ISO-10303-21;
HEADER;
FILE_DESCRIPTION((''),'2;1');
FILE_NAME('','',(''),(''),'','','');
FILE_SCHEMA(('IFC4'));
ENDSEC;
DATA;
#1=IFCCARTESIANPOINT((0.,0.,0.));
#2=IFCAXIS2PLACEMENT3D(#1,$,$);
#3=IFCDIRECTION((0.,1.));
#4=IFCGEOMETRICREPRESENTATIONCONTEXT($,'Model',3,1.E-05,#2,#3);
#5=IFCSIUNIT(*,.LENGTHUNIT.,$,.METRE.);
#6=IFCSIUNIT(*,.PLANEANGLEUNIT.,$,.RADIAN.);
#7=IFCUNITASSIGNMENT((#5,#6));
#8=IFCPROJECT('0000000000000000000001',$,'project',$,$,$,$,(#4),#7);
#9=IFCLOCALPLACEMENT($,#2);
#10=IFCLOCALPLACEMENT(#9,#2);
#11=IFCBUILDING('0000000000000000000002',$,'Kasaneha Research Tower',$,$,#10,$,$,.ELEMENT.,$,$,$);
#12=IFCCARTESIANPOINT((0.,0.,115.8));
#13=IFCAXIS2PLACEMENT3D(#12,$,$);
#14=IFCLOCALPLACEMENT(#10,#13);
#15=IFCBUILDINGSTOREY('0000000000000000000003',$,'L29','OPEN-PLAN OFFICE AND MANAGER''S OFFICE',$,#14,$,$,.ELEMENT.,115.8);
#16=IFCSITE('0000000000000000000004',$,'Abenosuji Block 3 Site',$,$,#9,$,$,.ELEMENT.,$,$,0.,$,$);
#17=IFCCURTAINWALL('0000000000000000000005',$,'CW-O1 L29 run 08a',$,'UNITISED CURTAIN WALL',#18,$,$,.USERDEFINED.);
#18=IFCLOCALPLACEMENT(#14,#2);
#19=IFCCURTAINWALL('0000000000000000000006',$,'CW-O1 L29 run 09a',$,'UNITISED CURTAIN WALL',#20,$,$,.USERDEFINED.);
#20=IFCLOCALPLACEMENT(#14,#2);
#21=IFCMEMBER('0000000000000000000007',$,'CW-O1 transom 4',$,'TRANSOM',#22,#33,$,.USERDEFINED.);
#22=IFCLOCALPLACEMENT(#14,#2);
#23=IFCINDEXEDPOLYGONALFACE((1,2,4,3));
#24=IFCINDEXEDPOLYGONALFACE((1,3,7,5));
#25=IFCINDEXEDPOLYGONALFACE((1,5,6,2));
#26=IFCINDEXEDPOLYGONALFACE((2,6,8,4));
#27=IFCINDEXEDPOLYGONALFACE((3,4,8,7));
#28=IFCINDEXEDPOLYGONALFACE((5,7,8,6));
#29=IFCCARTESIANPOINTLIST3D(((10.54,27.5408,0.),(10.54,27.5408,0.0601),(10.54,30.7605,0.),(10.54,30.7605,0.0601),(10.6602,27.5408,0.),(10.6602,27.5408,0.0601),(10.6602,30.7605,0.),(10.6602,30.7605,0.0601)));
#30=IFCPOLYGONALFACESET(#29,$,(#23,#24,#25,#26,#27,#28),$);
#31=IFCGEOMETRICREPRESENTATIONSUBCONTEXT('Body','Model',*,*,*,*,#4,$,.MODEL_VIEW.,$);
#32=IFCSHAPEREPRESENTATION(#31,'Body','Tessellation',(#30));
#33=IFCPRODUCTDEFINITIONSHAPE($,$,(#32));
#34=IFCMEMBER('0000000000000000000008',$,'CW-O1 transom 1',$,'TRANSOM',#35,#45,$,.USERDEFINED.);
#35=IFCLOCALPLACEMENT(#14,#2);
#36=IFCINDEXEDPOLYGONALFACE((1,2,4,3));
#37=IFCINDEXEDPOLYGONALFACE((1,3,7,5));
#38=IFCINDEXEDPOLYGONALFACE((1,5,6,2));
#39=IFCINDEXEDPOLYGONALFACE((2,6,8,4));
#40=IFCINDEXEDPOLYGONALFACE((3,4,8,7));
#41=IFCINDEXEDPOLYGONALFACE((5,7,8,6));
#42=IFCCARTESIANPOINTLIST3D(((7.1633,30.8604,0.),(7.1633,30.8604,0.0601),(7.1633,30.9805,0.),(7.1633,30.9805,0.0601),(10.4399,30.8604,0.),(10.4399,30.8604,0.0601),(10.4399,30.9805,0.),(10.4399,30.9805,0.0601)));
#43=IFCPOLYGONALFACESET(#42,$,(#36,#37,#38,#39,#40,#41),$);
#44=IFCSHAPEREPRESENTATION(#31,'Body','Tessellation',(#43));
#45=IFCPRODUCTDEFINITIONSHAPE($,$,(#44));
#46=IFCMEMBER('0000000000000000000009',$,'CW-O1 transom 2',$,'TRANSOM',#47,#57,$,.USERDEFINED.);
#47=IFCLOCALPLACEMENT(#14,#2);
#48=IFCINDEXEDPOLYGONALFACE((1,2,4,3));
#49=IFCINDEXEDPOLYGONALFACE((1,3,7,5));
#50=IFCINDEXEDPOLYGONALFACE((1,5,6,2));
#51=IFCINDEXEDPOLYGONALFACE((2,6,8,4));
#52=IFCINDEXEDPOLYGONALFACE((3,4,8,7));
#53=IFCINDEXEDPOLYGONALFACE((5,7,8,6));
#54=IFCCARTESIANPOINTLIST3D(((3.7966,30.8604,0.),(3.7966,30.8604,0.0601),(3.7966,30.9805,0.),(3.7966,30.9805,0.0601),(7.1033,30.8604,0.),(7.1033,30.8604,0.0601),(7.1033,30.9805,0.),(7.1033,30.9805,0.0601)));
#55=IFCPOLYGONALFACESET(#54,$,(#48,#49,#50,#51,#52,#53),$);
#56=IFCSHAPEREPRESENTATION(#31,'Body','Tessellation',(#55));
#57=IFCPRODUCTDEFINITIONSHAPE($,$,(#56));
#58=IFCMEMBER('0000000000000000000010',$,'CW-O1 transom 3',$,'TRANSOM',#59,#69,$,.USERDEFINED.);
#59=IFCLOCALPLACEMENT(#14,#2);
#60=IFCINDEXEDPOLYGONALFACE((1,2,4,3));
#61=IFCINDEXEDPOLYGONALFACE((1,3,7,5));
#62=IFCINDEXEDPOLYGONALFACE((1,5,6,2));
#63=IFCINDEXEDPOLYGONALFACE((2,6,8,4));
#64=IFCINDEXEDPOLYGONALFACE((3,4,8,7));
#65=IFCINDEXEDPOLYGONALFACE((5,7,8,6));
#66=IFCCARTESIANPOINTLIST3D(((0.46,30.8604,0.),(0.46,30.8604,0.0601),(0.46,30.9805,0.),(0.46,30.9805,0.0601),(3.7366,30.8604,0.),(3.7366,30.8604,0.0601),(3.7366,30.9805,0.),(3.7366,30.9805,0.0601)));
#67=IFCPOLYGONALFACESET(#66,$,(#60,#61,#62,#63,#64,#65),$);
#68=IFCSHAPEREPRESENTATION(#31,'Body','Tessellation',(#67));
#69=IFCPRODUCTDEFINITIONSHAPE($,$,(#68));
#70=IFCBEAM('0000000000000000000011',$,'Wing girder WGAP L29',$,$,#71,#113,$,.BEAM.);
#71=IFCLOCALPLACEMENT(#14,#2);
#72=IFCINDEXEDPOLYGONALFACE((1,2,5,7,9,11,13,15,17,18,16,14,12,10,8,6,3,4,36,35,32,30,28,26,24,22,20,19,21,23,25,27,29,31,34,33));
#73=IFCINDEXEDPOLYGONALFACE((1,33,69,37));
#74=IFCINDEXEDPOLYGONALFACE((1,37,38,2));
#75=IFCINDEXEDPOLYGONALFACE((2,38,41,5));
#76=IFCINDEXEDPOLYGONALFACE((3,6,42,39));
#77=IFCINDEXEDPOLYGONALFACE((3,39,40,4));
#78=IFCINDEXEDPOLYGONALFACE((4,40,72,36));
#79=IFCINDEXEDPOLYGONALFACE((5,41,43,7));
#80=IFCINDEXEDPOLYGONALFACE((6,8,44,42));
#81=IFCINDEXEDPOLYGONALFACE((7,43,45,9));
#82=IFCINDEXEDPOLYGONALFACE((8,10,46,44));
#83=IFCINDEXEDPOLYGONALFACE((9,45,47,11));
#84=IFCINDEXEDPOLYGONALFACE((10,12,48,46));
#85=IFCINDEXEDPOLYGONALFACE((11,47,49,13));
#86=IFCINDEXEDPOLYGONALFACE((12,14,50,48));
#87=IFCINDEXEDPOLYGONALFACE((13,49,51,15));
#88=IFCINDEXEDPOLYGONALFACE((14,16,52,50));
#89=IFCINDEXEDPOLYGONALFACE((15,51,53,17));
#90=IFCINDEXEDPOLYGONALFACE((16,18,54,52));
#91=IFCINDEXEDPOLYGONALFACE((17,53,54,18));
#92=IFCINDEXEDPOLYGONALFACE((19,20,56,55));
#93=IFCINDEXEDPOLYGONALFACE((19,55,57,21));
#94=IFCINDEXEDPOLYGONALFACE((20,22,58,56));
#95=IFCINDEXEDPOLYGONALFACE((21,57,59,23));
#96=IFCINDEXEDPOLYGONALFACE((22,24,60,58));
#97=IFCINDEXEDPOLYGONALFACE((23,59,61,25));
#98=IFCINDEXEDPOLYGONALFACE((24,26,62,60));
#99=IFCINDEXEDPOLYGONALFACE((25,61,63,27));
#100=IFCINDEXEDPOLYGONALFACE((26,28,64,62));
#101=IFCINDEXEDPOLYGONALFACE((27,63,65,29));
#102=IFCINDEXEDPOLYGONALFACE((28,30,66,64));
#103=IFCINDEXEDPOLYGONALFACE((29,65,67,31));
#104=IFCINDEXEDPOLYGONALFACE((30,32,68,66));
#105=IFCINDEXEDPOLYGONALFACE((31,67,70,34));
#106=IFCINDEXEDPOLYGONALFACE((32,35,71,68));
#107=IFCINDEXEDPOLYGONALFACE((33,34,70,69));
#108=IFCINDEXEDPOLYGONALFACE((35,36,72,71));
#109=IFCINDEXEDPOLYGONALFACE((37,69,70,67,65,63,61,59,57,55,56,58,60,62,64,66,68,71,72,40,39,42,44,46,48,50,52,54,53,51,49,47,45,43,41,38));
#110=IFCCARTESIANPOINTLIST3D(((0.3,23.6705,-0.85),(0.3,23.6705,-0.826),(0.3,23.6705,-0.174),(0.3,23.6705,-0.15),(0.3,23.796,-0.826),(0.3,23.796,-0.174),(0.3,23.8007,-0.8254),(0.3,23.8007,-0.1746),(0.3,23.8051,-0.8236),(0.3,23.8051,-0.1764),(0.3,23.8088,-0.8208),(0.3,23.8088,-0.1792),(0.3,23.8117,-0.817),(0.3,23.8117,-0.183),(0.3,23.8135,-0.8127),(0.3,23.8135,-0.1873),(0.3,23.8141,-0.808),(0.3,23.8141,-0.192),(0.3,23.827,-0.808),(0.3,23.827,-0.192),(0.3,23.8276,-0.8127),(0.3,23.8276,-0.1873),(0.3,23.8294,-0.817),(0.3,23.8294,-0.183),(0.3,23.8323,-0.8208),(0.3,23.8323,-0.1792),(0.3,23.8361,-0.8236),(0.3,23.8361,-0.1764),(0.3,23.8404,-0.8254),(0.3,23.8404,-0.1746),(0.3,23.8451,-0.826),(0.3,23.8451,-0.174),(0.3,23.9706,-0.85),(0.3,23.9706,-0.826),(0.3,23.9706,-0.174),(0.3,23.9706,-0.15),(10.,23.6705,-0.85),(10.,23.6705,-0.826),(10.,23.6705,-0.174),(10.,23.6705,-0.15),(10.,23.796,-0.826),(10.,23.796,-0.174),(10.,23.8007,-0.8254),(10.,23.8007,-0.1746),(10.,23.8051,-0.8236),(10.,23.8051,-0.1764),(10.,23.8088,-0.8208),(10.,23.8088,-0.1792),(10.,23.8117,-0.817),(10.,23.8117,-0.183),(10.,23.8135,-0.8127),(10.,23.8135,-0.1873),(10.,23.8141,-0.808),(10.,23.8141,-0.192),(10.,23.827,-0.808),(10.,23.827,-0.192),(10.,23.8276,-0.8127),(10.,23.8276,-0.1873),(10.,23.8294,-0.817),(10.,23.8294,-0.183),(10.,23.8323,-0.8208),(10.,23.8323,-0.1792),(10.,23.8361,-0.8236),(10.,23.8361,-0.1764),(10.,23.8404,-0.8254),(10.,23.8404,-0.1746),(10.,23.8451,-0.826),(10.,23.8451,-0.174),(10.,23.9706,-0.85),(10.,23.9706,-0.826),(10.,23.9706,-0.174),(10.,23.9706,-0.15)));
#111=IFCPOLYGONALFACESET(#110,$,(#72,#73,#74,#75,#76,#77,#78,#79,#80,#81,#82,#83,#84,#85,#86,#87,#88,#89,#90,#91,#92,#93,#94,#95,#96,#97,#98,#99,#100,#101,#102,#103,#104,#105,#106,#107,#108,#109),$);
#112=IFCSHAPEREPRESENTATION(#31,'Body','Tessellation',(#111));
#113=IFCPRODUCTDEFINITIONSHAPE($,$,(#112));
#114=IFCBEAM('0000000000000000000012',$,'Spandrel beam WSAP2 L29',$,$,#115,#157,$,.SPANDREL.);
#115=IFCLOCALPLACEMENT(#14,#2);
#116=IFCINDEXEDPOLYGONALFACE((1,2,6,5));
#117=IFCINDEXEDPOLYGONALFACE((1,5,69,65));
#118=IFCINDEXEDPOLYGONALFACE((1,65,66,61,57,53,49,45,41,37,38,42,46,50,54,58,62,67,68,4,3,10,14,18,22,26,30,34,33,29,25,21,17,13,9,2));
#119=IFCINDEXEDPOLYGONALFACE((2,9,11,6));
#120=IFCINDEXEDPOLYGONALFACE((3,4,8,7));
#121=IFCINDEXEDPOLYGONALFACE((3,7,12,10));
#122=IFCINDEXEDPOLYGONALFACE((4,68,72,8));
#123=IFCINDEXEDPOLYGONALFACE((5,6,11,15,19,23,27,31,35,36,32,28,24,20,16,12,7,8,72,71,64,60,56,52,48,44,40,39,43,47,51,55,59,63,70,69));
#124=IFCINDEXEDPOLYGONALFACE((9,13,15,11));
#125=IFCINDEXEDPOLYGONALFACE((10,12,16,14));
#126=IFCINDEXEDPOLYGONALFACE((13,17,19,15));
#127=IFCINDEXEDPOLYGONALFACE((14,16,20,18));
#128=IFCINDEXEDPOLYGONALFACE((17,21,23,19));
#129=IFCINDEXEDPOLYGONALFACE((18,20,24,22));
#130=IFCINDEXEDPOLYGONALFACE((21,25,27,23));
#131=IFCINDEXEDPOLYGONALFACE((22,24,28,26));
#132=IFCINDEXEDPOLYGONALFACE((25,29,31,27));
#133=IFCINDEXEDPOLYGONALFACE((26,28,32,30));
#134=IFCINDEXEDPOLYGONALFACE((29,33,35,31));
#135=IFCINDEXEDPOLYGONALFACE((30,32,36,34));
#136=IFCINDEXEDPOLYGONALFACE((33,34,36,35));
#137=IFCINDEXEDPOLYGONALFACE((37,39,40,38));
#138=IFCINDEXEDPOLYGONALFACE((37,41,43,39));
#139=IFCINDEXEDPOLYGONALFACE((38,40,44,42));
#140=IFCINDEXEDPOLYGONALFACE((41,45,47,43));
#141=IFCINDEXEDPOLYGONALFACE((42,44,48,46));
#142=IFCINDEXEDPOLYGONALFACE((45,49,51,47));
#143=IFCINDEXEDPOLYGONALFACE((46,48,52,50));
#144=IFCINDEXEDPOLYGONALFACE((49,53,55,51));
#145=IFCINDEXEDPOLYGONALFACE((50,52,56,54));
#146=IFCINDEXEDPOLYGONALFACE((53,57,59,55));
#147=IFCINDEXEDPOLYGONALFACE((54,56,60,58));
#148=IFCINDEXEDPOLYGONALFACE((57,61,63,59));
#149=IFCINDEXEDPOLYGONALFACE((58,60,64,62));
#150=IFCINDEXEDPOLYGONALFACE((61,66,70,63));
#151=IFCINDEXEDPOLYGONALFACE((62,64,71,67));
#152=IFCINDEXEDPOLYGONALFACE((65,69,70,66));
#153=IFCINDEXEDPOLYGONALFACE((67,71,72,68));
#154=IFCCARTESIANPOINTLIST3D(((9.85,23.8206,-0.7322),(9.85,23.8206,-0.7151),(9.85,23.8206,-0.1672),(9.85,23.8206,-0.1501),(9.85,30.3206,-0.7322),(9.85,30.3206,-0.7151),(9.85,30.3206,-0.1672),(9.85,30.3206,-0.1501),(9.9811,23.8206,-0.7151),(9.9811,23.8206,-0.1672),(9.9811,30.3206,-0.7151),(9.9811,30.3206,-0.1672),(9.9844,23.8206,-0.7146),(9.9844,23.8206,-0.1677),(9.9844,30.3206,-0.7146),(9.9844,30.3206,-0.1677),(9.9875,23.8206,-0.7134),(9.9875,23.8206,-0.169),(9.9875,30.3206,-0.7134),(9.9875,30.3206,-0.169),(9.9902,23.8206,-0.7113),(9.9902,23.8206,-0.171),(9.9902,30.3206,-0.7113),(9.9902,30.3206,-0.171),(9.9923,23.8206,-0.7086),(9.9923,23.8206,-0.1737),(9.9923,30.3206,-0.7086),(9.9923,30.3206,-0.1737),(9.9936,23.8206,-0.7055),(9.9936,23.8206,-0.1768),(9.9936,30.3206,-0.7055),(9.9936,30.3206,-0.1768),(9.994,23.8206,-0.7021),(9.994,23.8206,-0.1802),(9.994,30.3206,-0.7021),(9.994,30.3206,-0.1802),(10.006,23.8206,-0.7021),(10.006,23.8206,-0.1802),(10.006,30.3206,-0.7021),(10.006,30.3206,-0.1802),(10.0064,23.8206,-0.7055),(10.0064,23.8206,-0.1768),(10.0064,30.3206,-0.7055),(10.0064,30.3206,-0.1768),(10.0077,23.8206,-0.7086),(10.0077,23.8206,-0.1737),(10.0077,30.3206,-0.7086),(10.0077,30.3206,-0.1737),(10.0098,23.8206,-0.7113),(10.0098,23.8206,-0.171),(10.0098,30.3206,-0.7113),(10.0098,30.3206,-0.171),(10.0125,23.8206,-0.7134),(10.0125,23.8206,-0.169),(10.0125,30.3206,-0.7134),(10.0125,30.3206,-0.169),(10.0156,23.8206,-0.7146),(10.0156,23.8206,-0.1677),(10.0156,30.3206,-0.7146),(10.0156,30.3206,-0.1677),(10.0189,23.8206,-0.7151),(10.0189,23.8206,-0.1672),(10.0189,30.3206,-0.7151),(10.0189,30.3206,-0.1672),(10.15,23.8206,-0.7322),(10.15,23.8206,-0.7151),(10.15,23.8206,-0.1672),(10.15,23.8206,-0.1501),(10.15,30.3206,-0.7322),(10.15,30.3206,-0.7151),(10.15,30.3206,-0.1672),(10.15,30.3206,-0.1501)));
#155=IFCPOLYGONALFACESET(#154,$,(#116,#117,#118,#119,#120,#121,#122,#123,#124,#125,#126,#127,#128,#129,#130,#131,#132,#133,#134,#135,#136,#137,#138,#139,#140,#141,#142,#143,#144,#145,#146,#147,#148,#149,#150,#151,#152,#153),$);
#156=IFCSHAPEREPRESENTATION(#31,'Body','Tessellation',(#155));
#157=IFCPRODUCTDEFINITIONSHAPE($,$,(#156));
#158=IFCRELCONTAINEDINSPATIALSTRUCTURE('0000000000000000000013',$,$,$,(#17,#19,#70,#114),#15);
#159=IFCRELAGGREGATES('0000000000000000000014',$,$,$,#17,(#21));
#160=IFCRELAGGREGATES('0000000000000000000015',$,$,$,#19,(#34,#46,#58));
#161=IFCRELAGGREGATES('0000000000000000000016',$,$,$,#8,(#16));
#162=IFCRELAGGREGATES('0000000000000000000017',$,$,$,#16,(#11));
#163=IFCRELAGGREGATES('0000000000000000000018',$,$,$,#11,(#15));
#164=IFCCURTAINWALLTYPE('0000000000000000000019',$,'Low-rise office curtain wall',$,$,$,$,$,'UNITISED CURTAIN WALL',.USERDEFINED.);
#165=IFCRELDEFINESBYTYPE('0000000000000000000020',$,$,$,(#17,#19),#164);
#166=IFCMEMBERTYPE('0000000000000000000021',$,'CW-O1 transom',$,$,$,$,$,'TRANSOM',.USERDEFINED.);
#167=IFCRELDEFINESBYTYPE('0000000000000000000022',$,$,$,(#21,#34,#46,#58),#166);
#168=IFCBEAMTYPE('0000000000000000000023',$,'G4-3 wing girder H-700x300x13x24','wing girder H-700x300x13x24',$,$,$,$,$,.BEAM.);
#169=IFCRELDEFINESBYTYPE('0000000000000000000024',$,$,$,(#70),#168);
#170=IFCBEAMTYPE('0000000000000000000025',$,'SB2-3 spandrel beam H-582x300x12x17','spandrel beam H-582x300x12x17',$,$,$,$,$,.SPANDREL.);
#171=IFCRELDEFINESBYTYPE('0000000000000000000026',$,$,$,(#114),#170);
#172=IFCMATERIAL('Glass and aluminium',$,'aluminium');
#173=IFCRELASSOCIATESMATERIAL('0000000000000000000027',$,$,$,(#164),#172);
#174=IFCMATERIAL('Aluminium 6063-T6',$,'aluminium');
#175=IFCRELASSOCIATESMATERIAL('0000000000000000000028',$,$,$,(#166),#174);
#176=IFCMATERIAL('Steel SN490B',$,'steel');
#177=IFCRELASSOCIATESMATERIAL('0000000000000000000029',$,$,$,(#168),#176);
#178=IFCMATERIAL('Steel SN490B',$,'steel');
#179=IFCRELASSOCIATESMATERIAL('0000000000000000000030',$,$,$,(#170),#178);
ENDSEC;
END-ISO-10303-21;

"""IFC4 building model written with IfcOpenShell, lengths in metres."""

from ifc_helpers import new_model, si_unit, direction, frame, origin, origin_2d, place, context, subcontext, project, spatial, rectangle, i_section, extrude, material, material_profile, profile_set, type_object, element, aggregate, save


model = new_model("IFC4")

# Units and contexts
model_context = context("Model", 3, precision=1e-05, world=origin(), true_north=direction((0.0, 1.0)))
body_context = subcontext(model_context, "Body", "Model", "MODEL_VIEW")
ifc_project = project(units=[si_unit("LENGTHUNIT", "METRE"), si_unit("PLANEANGLEUNIT", "RADIAN")], contexts=[model_context])

# Site, building, storey
site_placement = place(None, origin())
site = spatial("IfcSite", under=ifc_project, at=site_placement, Name="Abenosuji Block 3 Site", CompositionType="ELEMENT", RefElevation=0.0)
building_placement = place(site_placement, origin())
building = spatial("IfcBuilding", under=site, at=building_placement, Name="Kasaneha Research Tower", CompositionType="ELEMENT")
storey_placement = place(building_placement, frame((0.0, 0.0, 115.8)))
storey = spatial("IfcBuildingStorey", under=building, at=storey_placement, Name="L29", Description="OPEN-PLAN OFFICE AND MANAGER'S OFFICE", CompositionType="ELEMENT", Elevation=115.8)

# Curtain walls
ifc_material_1 = material(Name="Glass and aluminium", Category="aluminium")
curtain_wall_type = type_object("IfcCurtainWallType", Name="Low-rise office curtain wall", ElementType="UNITISED CURTAIN WALL", PredefinedType="USERDEFINED", material=ifc_material_1)
curtain_wall_1_placement = place(storey_placement, origin())
curtain_wall_1 = element("IfcCurtainWall", 1, at=curtain_wall_1_placement, inside=storey, type_object=curtain_wall_type, Name="CW-O1 L29 run 08a", ObjectType="UNITISED CURTAIN WALL", PredefinedType="USERDEFINED")
curtain_wall_2_placement = place(storey_placement, origin())
curtain_wall_2 = element("IfcCurtainWall", 2, at=curtain_wall_2_placement, inside=storey, type_object=curtain_wall_type, Name="CW-O1 L29 run 09a", ObjectType="UNITISED CURTAIN WALL", PredefinedType="USERDEFINED")

# Members
ifc_material_2 = material(Name="Aluminium 6063-T6", Category="aluminium")
ifc_material_profile_1 = material_profile(ifc_material_2, rectangle(XDim=0.1201, YDim=0.0601, at=origin_2d()), Name="CW-O1 transom 120x60")
ifc_profile_set_1 = profile_set([ifc_material_profile_1], Name="Aluminium 6063-T6")
member_type_1 = type_object("IfcMemberType", Name="CW-O1 transom", ElementType="TRANSOM", PredefinedType="USERDEFINED", material=ifc_profile_set_1)
member_1_placement = place(storey_placement, frame((10.6001, 27.5408, 0.03), z_axis=(0.0, 1.0, 0.0), x_axis=(-1.0, 0.0, 0.0)))
member_1 = element("IfcMember", 3, at=member_1_placement, type_object=member_type_1, Name="CW-O1 transom 4", ObjectType="TRANSOM", PredefinedType="USERDEFINED", context=body_context, shape_type="SweptSolid", body=[
    extrude(rectangle(XDim=0.1201, YDim=0.0601, at=origin_2d()), origin(), (0.0, 0.0, 1.0), 3.2197),
])
member_2_placement = place(storey_placement, frame((10.4399, 30.9204, 0.03), z_axis=(-1.0, 0.0, 0.0), x_axis=(0.0, -1.0, 0.0)))
member_2 = element("IfcMember", 4, at=member_2_placement, type_object=member_type_1, Name="CW-O1 transom 1", ObjectType="TRANSOM", PredefinedType="USERDEFINED", context=body_context, shape_type="SweptSolid", body=[
    extrude(rectangle(XDim=0.1201, YDim=0.0601, at=origin_2d()), origin(), (0.0, 0.0, 1.0), 3.2766),
])
member_3_placement = place(storey_placement, frame((7.1033, 30.9204, 0.03), z_axis=(-1.0, 0.0, 0.0), x_axis=(0.0, -1.0, 0.0)))
member_3 = element("IfcMember", 5, at=member_3_placement, type_object=member_type_1, Name="CW-O1 transom 2", ObjectType="TRANSOM", PredefinedType="USERDEFINED", context=body_context, shape_type="SweptSolid", body=[
    extrude(rectangle(XDim=0.1201, YDim=0.0601, at=origin_2d()), origin(), (0.0, 0.0, 1.0), 3.3066),
])
member_4_placement = place(storey_placement, frame((3.7366, 30.9204, 0.03), z_axis=(-1.0, 0.0, 0.0), x_axis=(0.0, -1.0, 0.0)))
member_4 = element("IfcMember", 6, at=member_4_placement, type_object=member_type_1, Name="CW-O1 transom 3", ObjectType="TRANSOM", PredefinedType="USERDEFINED", context=body_context, shape_type="SweptSolid", body=[
    extrude(rectangle(XDim=0.1201, YDim=0.0601, at=origin_2d()), origin(), (0.0, 0.0, 1.0), 3.2766),
])

# Beams
ifc_material_3 = material(Name="Steel SN490B", Category="steel")
ifc_material_profile_2 = material_profile(ifc_material_3, i_section(OverallWidth=0.3, OverallDepth=0.7, WebThickness=0.0129, FlangeThickness=0.0239, FilletRadius=0.0181, at=origin_2d()), Name="H-700x300x13x24")
ifc_profile_set_2 = profile_set([ifc_material_profile_2], Name="Steel SN490B")
beam_type_1 = type_object("IfcBeamType", Name="G4-3 wing girder H-700x300x13x24", Description="wing girder H-700x300x13x24", PredefinedType="BEAM", material=ifc_profile_set_2)
beam_1_placement = place(storey_placement, frame((10.0, 23.8206, -0.5), z_axis=(-1.0, 0.0, 0.0), x_axis=(0.0, -1.0, 0.0)))
element("IfcBeam", 7, at=beam_1_placement, inside=storey, type_object=beam_type_1, Name="Wing girder WGAP L29", PredefinedType="BEAM", context=body_context, shape_type="SweptSolid", body=[
    extrude(i_section(OverallWidth=0.3, OverallDepth=0.7, WebThickness=0.0129, FlangeThickness=0.0239, FilletRadius=0.0181, at=origin_2d()), origin(), (0.0, 0.0, 1.0), 9.7),
])
ifc_material_4 = material(Name="Steel SN490B", Category="steel")
ifc_material_profile_3 = material_profile(ifc_material_4, i_section(OverallWidth=0.3, OverallDepth=0.582, WebThickness=0.012, FlangeThickness=0.0171, FilletRadius=0.0129, at=origin_2d()), Name="H-582x300x12x17")
ifc_profile_set_3 = profile_set([ifc_material_profile_3], Name="Steel SN490B")
beam_type_2 = type_object("IfcBeamType", Name="SB2-3 spandrel beam H-582x300x12x17", Description="spandrel beam H-582x300x12x17", PredefinedType="SPANDREL", material=ifc_profile_set_3)
beam_2_placement = place(storey_placement, frame((10.0, 23.8206, -0.4412), z_axis=(0.0, 1.0, 0.0), x_axis=(-1.0, 0.0, 0.0)))
element("IfcBeam", 8, at=beam_2_placement, inside=storey, type_object=beam_type_2, Name="Spandrel beam WSAP2 L29", PredefinedType="SPANDREL", context=body_context, shape_type="SweptSolid", body=[
    extrude(i_section(OverallWidth=0.3, OverallDepth=0.582, WebThickness=0.012, FlangeThickness=0.0171, FilletRadius=0.0129, at=origin_2d()), origin(), (0.0, 0.0, 1.0), 6.5),
])

aggregate(curtain_wall_1, [member_1])
aggregate(curtain_wall_2, [member_2, member_3, member_4])

save(model, "model.ifc")
